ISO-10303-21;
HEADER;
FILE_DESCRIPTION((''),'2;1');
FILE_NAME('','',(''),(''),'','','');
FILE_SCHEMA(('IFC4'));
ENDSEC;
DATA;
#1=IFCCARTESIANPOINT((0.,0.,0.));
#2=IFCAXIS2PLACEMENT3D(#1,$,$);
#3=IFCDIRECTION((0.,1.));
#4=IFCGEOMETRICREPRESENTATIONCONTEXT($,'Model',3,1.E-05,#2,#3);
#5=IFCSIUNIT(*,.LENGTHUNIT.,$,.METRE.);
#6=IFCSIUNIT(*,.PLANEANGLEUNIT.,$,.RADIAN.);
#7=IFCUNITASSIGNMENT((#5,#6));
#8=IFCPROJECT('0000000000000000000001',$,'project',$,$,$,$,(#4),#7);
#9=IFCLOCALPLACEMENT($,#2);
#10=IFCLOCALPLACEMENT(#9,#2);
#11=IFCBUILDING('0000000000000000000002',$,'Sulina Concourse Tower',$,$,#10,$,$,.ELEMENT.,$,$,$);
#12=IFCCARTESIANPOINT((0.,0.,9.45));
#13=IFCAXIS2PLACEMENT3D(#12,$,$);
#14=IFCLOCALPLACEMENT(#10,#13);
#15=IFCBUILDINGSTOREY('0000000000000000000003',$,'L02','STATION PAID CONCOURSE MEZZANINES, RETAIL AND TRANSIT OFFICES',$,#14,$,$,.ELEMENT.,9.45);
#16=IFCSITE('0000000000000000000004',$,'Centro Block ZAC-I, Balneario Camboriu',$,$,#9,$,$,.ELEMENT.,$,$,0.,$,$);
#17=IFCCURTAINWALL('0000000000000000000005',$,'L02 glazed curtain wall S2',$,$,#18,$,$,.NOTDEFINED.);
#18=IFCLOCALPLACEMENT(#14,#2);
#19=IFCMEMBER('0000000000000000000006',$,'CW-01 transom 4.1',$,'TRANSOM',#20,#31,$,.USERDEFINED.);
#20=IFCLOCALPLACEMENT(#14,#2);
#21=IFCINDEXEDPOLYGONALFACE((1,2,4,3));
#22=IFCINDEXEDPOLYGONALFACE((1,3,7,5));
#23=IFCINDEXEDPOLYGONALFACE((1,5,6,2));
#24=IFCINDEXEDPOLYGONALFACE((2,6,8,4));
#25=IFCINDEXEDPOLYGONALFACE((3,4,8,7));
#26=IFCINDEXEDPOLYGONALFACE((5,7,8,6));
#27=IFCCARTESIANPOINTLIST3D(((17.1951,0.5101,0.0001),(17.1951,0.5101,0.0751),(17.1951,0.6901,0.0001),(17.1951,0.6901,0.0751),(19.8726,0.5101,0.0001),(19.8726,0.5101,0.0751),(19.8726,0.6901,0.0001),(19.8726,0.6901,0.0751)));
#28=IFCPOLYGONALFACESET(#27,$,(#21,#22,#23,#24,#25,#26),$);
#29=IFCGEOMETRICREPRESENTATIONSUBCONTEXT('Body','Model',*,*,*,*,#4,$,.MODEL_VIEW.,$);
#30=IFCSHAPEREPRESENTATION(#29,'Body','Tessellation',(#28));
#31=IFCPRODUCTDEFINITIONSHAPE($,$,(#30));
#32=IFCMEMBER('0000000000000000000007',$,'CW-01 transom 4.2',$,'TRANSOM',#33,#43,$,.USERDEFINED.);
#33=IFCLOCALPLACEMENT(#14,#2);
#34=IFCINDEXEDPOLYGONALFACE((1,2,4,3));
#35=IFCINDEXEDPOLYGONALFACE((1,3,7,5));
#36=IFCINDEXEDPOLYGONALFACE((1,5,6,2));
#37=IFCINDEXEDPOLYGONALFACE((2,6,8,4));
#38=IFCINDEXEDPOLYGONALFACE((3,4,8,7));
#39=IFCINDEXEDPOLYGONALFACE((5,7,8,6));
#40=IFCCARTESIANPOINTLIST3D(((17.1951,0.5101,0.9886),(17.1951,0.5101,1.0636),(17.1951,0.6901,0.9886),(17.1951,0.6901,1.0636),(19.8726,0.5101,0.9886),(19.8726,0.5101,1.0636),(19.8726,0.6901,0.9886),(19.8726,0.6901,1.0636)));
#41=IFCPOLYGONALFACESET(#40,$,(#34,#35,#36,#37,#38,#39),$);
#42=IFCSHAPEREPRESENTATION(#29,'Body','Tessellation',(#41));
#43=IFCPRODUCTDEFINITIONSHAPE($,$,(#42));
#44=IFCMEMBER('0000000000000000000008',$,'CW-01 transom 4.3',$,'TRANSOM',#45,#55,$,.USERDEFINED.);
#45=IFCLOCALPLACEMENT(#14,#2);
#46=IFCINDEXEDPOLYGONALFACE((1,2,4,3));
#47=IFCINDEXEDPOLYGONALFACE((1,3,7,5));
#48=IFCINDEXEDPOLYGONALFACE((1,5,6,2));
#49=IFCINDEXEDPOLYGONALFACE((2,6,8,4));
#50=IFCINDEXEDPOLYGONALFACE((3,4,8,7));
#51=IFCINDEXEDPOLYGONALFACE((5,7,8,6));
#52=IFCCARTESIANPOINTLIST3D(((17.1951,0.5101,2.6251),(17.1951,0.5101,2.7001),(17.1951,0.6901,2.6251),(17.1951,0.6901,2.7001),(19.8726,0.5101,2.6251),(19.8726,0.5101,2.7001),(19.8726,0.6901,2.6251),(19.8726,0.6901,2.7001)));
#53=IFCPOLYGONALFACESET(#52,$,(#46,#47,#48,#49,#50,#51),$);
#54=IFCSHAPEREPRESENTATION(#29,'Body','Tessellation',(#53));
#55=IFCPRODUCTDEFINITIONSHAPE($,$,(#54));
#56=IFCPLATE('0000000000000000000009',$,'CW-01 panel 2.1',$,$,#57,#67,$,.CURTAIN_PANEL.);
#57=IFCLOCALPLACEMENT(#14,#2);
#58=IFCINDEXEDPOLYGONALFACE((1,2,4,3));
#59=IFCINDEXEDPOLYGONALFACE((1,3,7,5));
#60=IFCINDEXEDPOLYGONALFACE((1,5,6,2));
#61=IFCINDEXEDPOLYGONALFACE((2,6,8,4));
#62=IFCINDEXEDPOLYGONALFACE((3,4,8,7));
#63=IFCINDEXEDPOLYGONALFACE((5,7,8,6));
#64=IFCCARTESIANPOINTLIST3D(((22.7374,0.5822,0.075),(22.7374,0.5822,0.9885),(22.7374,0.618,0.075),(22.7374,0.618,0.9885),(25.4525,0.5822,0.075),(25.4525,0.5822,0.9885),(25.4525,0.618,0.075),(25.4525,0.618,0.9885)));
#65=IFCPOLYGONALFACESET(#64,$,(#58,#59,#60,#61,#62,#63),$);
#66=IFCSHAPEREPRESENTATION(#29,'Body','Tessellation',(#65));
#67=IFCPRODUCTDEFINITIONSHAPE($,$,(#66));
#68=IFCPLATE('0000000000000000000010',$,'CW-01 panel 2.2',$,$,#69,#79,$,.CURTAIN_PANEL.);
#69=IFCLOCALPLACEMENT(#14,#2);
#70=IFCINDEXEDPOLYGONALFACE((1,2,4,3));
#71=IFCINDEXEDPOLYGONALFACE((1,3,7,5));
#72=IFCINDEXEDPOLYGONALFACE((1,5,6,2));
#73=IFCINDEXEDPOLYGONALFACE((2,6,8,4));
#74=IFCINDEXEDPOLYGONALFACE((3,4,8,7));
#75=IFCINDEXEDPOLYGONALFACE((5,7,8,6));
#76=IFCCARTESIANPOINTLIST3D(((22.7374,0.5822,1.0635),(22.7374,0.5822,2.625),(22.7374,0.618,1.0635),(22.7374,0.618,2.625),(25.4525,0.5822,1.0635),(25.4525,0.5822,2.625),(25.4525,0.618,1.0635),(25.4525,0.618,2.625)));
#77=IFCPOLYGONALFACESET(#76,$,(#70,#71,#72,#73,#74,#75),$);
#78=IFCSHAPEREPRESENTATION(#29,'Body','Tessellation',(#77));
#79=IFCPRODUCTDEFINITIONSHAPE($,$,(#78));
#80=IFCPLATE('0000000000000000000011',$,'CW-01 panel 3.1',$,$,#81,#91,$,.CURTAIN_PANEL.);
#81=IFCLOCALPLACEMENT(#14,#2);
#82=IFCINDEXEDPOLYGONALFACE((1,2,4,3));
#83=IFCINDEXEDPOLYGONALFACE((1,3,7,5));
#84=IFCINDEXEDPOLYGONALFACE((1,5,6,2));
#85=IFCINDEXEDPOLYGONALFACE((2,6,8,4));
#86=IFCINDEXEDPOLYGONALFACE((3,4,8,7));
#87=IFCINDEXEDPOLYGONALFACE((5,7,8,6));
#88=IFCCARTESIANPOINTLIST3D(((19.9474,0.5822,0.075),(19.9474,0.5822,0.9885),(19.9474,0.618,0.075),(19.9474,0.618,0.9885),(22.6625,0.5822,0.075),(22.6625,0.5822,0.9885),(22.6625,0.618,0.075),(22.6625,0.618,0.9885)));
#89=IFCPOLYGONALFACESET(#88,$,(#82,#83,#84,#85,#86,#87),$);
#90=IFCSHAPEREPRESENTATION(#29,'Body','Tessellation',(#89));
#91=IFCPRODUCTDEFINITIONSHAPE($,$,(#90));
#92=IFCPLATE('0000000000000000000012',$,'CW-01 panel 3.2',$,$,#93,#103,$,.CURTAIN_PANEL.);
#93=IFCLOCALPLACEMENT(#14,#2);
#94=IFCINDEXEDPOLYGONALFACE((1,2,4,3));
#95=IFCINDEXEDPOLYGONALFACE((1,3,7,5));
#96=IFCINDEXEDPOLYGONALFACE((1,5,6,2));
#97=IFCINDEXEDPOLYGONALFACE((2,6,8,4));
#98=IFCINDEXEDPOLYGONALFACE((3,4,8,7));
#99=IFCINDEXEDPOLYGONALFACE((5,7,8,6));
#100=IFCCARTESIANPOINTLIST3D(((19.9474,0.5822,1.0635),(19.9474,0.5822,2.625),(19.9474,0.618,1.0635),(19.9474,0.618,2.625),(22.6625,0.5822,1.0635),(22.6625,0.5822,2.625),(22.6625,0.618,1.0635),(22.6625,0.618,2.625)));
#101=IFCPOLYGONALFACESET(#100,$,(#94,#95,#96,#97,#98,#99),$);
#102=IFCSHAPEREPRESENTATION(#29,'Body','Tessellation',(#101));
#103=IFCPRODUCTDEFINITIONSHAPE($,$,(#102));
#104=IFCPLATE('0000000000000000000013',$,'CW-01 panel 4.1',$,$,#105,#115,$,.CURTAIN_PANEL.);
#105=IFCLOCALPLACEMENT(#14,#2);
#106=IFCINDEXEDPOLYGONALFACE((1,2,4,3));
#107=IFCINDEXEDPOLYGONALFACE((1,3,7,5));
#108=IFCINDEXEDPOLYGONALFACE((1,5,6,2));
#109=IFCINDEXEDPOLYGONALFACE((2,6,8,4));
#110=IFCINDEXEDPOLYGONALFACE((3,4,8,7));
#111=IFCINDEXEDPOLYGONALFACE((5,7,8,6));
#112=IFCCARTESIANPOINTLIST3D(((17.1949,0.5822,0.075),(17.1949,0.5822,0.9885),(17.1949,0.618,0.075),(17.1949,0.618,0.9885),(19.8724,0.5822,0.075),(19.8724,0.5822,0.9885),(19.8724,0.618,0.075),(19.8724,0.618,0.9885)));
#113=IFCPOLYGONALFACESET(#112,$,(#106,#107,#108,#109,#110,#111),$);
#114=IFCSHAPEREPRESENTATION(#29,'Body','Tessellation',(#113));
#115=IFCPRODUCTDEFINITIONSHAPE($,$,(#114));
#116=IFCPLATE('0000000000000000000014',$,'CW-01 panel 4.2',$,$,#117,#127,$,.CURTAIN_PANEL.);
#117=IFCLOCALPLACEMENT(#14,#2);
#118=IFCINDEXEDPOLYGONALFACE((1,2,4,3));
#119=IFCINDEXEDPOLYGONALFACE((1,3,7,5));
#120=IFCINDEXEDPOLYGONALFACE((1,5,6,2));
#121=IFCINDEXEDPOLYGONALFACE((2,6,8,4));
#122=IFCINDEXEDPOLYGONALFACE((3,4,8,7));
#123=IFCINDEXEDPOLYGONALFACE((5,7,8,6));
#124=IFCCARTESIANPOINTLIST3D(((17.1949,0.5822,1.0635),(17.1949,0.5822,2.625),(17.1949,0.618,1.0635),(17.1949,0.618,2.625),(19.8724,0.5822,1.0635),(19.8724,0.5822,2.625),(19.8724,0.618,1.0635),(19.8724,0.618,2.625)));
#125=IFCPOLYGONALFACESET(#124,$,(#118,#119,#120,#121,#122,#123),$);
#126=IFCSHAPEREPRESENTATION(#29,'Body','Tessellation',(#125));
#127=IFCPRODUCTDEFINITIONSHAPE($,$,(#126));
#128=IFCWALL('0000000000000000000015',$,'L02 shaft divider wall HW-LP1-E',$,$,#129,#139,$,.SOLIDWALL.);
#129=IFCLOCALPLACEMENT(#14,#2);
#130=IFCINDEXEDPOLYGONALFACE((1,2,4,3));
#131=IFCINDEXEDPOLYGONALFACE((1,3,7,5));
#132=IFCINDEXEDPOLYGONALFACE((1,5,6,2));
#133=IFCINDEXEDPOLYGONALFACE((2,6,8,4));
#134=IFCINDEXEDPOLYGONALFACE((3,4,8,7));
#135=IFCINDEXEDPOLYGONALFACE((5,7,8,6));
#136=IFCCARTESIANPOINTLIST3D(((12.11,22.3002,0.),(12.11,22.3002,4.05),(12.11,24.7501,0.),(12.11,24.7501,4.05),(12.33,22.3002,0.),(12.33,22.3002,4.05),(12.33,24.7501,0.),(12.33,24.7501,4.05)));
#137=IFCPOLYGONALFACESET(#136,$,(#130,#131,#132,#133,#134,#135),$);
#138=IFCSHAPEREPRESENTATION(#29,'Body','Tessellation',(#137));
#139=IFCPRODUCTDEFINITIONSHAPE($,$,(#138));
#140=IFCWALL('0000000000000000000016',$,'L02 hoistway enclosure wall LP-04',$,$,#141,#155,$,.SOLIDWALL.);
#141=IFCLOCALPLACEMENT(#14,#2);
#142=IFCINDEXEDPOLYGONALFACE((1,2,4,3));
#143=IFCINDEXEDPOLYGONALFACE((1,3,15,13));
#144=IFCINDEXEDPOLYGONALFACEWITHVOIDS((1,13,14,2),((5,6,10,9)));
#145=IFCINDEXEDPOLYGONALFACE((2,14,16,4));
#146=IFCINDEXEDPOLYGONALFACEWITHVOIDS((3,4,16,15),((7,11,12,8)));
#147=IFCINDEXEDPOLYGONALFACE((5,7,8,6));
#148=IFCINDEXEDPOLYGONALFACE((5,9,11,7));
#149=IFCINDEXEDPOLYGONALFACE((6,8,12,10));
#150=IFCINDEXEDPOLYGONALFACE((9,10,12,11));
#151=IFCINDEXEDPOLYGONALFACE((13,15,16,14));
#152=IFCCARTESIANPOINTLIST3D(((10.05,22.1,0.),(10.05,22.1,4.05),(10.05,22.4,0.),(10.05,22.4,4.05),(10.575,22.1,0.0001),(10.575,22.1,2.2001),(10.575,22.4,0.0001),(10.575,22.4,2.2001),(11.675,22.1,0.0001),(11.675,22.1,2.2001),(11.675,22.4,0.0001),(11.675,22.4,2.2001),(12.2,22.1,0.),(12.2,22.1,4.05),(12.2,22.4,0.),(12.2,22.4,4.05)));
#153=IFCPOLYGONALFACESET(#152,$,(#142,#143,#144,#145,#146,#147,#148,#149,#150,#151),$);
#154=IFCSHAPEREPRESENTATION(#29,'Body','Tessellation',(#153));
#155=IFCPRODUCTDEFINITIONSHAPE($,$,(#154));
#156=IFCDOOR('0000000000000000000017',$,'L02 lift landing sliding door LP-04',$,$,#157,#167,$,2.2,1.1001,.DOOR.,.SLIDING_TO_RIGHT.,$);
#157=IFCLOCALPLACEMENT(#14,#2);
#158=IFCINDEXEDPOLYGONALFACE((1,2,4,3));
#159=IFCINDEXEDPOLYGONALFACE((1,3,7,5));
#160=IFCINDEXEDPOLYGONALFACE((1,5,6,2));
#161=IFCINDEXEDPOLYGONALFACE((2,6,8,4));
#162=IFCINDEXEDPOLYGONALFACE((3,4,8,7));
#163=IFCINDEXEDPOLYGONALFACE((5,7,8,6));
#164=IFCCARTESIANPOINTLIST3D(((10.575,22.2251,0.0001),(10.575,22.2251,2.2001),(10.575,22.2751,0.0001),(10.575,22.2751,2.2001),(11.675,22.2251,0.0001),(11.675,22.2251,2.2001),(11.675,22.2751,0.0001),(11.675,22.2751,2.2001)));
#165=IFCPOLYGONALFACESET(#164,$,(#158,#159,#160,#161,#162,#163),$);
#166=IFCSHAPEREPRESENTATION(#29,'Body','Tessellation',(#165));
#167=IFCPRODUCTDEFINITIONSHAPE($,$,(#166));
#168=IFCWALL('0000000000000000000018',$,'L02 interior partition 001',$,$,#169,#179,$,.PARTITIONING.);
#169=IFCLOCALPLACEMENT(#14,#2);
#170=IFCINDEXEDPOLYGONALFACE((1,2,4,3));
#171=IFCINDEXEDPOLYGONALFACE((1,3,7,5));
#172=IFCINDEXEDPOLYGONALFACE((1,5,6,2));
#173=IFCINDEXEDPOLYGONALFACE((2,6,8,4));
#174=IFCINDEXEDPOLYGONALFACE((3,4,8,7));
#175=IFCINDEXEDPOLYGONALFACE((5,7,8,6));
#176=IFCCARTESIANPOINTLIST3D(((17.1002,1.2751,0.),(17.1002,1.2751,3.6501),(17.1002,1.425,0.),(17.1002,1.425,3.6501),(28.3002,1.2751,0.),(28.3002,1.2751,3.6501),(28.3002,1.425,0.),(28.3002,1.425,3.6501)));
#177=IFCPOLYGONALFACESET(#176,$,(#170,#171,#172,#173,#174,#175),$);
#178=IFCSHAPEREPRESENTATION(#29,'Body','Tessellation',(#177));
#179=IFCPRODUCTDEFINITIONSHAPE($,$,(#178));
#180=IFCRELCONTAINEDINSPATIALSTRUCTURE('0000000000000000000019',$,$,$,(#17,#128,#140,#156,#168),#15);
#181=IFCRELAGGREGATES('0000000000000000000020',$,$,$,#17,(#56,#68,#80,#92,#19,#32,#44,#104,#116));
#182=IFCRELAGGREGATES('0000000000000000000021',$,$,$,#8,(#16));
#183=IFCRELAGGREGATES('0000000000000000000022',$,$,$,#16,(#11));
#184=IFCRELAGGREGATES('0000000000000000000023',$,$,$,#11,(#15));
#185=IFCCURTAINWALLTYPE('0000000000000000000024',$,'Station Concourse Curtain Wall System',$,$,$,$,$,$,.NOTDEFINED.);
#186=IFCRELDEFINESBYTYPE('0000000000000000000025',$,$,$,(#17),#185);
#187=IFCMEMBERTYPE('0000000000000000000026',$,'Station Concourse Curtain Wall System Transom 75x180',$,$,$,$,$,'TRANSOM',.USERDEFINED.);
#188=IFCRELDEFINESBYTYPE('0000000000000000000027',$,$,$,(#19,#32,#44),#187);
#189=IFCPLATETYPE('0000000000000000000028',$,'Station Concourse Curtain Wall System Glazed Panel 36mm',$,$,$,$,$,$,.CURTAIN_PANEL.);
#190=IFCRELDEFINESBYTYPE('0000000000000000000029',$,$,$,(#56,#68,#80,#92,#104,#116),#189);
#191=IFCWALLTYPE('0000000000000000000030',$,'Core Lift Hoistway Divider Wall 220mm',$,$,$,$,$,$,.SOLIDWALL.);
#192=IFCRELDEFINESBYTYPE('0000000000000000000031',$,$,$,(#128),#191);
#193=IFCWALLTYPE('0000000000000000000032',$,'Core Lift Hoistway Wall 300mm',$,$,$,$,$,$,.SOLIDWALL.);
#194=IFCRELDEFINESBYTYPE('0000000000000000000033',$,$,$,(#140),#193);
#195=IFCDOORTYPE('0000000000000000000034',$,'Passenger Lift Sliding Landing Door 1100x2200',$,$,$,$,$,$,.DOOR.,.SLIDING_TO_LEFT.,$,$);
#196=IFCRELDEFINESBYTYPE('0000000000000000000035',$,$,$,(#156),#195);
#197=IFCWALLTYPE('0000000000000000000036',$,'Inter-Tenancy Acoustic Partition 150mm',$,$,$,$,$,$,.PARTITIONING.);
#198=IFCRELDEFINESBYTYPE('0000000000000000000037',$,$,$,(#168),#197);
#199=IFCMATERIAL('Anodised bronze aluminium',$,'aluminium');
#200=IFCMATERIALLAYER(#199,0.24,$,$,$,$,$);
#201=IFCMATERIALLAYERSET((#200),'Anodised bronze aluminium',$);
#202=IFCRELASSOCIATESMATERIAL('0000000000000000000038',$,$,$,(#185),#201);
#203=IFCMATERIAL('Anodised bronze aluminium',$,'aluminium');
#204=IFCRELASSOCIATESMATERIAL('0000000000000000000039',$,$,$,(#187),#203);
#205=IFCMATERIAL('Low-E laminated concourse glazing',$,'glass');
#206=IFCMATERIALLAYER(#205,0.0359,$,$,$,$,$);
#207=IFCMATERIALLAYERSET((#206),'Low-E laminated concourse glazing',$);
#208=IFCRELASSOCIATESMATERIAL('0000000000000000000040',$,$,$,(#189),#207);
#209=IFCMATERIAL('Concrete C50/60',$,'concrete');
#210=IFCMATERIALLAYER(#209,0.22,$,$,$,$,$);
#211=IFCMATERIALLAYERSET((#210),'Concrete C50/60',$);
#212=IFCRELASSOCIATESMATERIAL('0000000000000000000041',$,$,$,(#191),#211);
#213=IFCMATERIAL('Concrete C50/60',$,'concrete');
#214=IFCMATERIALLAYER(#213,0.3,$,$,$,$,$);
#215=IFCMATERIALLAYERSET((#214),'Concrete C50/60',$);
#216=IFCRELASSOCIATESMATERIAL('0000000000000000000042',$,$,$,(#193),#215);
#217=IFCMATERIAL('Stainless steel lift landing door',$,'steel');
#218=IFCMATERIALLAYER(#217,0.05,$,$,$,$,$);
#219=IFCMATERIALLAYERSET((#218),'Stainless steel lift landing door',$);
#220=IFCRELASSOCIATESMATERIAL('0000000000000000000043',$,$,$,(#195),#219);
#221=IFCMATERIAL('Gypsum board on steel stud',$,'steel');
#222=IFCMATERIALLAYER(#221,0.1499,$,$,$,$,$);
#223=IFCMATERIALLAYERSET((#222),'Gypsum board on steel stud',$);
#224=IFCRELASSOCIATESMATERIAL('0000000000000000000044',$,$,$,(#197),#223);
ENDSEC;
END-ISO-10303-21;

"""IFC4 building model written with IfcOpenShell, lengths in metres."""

from ifc_helpers import new_model, si_unit, direction, frame, frame_2d, origin, origin_2d, place, context, subcontext, project, spatial, rectangle, extrude, material, layer, layer_set, material_profile, profile_set, type_object, element, fill, aggregate, save


model = new_model("IFC4")

# Units and contexts
model_context = context("Model", 3, precision=1e-05, world=origin(), true_north=direction((0.0, 1.0)))
body_context = subcontext(model_context, "Body", "Model", "MODEL_VIEW")
ifc_project = project(units=[si_unit("LENGTHUNIT", "METRE"), si_unit("PLANEANGLEUNIT", "RADIAN")], contexts=[model_context])

# Site, building, storey
site_placement = place(None, origin())
site = spatial("IfcSite", under=ifc_project, at=site_placement, Name="Centro Block ZAC-I, Balneario Camboriu", CompositionType="ELEMENT", RefElevation=0.0)
building_placement = place(site_placement, origin())
building = spatial("IfcBuilding", under=site, at=building_placement, Name="Sulina Concourse Tower", CompositionType="ELEMENT")
storey_placement = place(building_placement, frame((0.0, 0.0, 9.45)))
storey = spatial("IfcBuildingStorey", under=building, at=storey_placement, Name="L02", Description="STATION PAID CONCOURSE MEZZANINES, RETAIL AND TRANSIT OFFICES", CompositionType="ELEMENT", Elevation=9.45)

# Curtain wall, members, plates
ifc_material_1 = material(Name="Anodised bronze aluminium", Category="aluminium")
ifc_layer_1 = layer(ifc_material_1, 0.24)
ifc_layer_set_1 = layer_set([ifc_layer_1], Name="Anodised bronze aluminium")
curtain_wall_type = type_object("IfcCurtainWallType", Name="Station Concourse Curtain Wall System", PredefinedType="NOTDEFINED", material=ifc_layer_set_1)
curtain_wall_placement = place(storey_placement, origin())
curtain_wall = element("IfcCurtainWall", 1, at=curtain_wall_placement, inside=storey, type_object=curtain_wall_type, Name="L02 glazed curtain wall S2", PredefinedType="NOTDEFINED")
ifc_material_2 = material(Name="Anodised bronze aluminium", Category="aluminium")
ifc_material_profile_1 = material_profile(ifc_material_2, rectangle(XDim=0.1799, YDim=0.075, at=origin_2d()), Name="TRN 75x180")
ifc_profile_set_1 = profile_set([ifc_material_profile_1], Name="Anodised bronze aluminium")
member_type_1 = type_object("IfcMemberType", Name="Station Concourse Curtain Wall System Transom 75x180", ElementType="TRANSOM", PredefinedType="USERDEFINED", material=ifc_profile_set_1)
member_1_placement = place(storey_placement, frame((19.8726, 0.6001, 0.0376), z_axis=(-1.0, 0.0, 0.0), x_axis=(0.0, -1.0, 0.0)))
member_1 = element("IfcMember", 2, at=member_1_placement, type_object=member_type_1, Name="CW-01 transom 4.1", ObjectType="TRANSOM", PredefinedType="USERDEFINED", context=body_context, shape_type="SweptSolid", body=[
    extrude(rectangle(XDim=0.1799, YDim=0.075, at=origin_2d()), origin(), (0.0, 0.0, 1.0), 2.6775),
])
member_2_placement = place(storey_placement, frame((19.8726, 0.6001, 1.0261), z_axis=(-1.0, 0.0, 0.0), x_axis=(0.0, -1.0, 0.0)))
member_2 = element("IfcMember", 3, at=member_2_placement, type_object=member_type_1, Name="CW-01 transom 4.2", ObjectType="TRANSOM", PredefinedType="USERDEFINED", context=body_context, shape_type="SweptSolid", body=[
    extrude(rectangle(XDim=0.1799, YDim=0.075, at=origin_2d()), origin(), (0.0, 0.0, 1.0), 2.6775),
])
member_3_placement = place(storey_placement, frame((19.8726, 0.6001, 2.6626), z_axis=(-1.0, 0.0, 0.0), x_axis=(0.0, -1.0, 0.0)))
member_3 = element("IfcMember", 4, at=member_3_placement, type_object=member_type_1, Name="CW-01 transom 4.3", ObjectType="TRANSOM", PredefinedType="USERDEFINED", context=body_context, shape_type="SweptSolid", body=[
    extrude(rectangle(XDim=0.1799, YDim=0.075, at=origin_2d()), origin(), (0.0, 0.0, 1.0), 2.6775),
])
ifc_material_3 = material(Name="Low-E laminated concourse glazing", Category="glass")
ifc_layer_2 = layer(ifc_material_3, 0.0359)
ifc_layer_set_2 = layer_set([ifc_layer_2], Name="Low-E laminated concourse glazing")
plate_type = type_object("IfcPlateType", Name="Station Concourse Curtain Wall System Glazed Panel 36mm", PredefinedType="CURTAIN_PANEL", material=ifc_layer_set_2)
plate_1_placement = place(storey_placement, frame((24.095, 0.6001, 0.075), z_axis=(0.0, 0.0, 1.0), x_axis=(-1.0, 0.0, 0.0)))
plate_1 = element("IfcPlate", 5, at=plate_1_placement, type_object=plate_type, Name="CW-01 panel 2.1", PredefinedType="CURTAIN_PANEL", context=body_context, shape_type="SweptSolid", body=[
    extrude(rectangle(XDim=2.7151, YDim=0.0359, at=origin_2d()), origin(), (0.0, 0.0, 1.0), 0.9136),
])
plate_2_placement = place(storey_placement, frame((24.095, 0.6001, 1.0635), z_axis=(0.0, 0.0, 1.0), x_axis=(-1.0, 0.0, 0.0)))
plate_2 = element("IfcPlate", 6, at=plate_2_placement, type_object=plate_type, Name="CW-01 panel 2.2", PredefinedType="CURTAIN_PANEL", context=body_context, shape_type="SweptSolid", body=[
    extrude(rectangle(XDim=2.7151, YDim=0.0359, at=origin_2d()), origin(), (0.0, 0.0, 1.0), 1.5615),
])
plate_3_placement = place(storey_placement, frame((21.3049, 0.6001, 0.075), z_axis=(0.0, 0.0, 1.0), x_axis=(-1.0, 0.0, 0.0)))
plate_3 = element("IfcPlate", 7, at=plate_3_placement, type_object=plate_type, Name="CW-01 panel 3.1", PredefinedType="CURTAIN_PANEL", context=body_context, shape_type="SweptSolid", body=[
    extrude(rectangle(XDim=2.7151, YDim=0.0359, at=origin_2d()), origin(), (0.0, 0.0, 1.0), 0.9136),
])
plate_4_placement = place(storey_placement, frame((21.3049, 0.6001, 1.0635), z_axis=(0.0, 0.0, 1.0), x_axis=(-1.0, 0.0, 0.0)))
plate_4 = element("IfcPlate", 8, at=plate_4_placement, type_object=plate_type, Name="CW-01 panel 3.2", PredefinedType="CURTAIN_PANEL", context=body_context, shape_type="SweptSolid", body=[
    extrude(rectangle(XDim=2.7151, YDim=0.0359, at=origin_2d()), origin(), (0.0, 0.0, 1.0), 1.5615),
])
plate_5_placement = place(storey_placement, frame((18.5337, 0.6001, 0.075), z_axis=(0.0, 0.0, 1.0), x_axis=(-1.0, 0.0, 0.0)))
plate_5 = element("IfcPlate", 9, at=plate_5_placement, type_object=plate_type, Name="CW-01 panel 4.1", PredefinedType="CURTAIN_PANEL", context=body_context, shape_type="SweptSolid", body=[
    extrude(rectangle(XDim=2.6775, YDim=0.0359, at=origin_2d()), origin(), (0.0, 0.0, 1.0), 0.9136),
])
plate_6_placement = place(storey_placement, frame((18.5337, 0.6001, 1.0635), z_axis=(0.0, 0.0, 1.0), x_axis=(-1.0, 0.0, 0.0)))
plate_6 = element("IfcPlate", 10, at=plate_6_placement, type_object=plate_type, Name="CW-01 panel 4.2", PredefinedType="CURTAIN_PANEL", context=body_context, shape_type="SweptSolid", body=[
    extrude(rectangle(XDim=2.6775, YDim=0.0359, at=origin_2d()), origin(), (0.0, 0.0, 1.0), 1.5615),
])
aggregate(curtain_wall, [plate_1, plate_2, plate_3, plate_4, member_1, member_2, member_3, plate_5, plate_6])

# Wall
ifc_material_4 = material(Name="Concrete C50/60", Category="concrete")
ifc_layer_3 = layer(ifc_material_4, 0.22)
ifc_layer_set_3 = layer_set([ifc_layer_3], Name="Concrete C50/60")
wall_type_1 = type_object("IfcWallType", Name="Core Lift Hoistway Divider Wall 220mm", PredefinedType="SOLIDWALL", material=ifc_layer_set_3)
wall_1_placement = place(storey_placement, frame((12.22, 22.3, 0.0), z_axis=(0.0, 0.0, 1.0), x_axis=(0.0, 1.0, 0.0)))
element("IfcWall", 11, at=wall_1_placement, inside=storey, type_object=wall_type_1, Name="L02 shaft divider wall HW-LP1-E", PredefinedType="SOLIDWALL", context=body_context, shape_type="SweptSolid", body=[
    extrude(rectangle(XDim=2.45, YDim=0.22, at=frame_2d((1.2251, 0.0))), origin(), (0.0, 0.0, 1.0), 4.05),
])

# Wall, opening, door
ifc_material_5 = material(Name="Concrete C50/60", Category="concrete")
ifc_layer_4 = layer(ifc_material_5, 0.3)
ifc_layer_set_4 = layer_set([ifc_layer_4], Name="Concrete C50/60")
wall_type_2 = type_object("IfcWallType", Name="Core Lift Hoistway Wall 300mm", PredefinedType="SOLIDWALL", material=ifc_layer_set_4)
wall_2_placement = place(storey_placement, frame((12.2, 22.25, 0.0), z_axis=(0.0, 0.0, 1.0), x_axis=(-1.0, 0.0, 0.0)))
wall_2 = element("IfcWall", 12, at=wall_2_placement, inside=storey, type_object=wall_type_2, Name="L02 hoistway enclosure wall LP-04", PredefinedType="SOLIDWALL", context=body_context, shape_type="SweptSolid", body=[
    extrude(rectangle(XDim=2.1499, YDim=0.3, at=frame_2d((1.075, 0.0))), origin(), (0.0, 0.0, 1.0), 4.05),
])
opening_1_placement = place(wall_2_placement, frame((0.5249, 0.0, 0.0)))
opening_1 = element("IfcOpeningElement", 13, at=opening_1_placement, cuts=wall_2, PredefinedType="OPENING", context=body_context, shape_type="SweptSolid", body=[
    extrude(rectangle(XDim=1.1001, YDim=2.2, at=frame_2d((0.55, 1.1001))), frame((0.0, 0.1599, 0.0), z_axis=(0.0, -1.0, 0.0), x_axis=(1.0, 0.0, 0.0)), (0.0, 0.0, 1.0), 0.3201),
])
ifc_material_6 = material(Name="Stainless steel lift landing door", Category="steel")
ifc_layer_5 = layer(ifc_material_6, 0.05)
ifc_layer_set_5 = layer_set([ifc_layer_5], Name="Stainless steel lift landing door")
door_type_1 = type_object("IfcDoorType", Name="Passenger Lift Sliding Landing Door 1100x2200", OperationType="SLIDING_TO_LEFT", PredefinedType="DOOR", material=ifc_layer_set_5)
door_1_placement = place(opening_1_placement, origin())
door_1 = element("IfcDoor", 14, at=door_1_placement, inside=storey, type_object=door_type_1, Name="L02 lift landing sliding door LP-04", OperationType="SLIDING_TO_RIGHT", OverallHeight=2.2, OverallWidth=1.1001, PredefinedType="DOOR", context=body_context, shape_type="SweptSolid", body=[
    extrude(rectangle(XDim=1.1001, YDim=2.2, at=frame_2d((0.55, 1.1001))), frame((0.0, 0.0249, 0.0), z_axis=(0.0, -1.0, 0.0), x_axis=(1.0, 0.0, 0.0)), (0.0, 0.0, 1.0), 0.05),
])
fill(opening_1, door_1)

# Wall
ifc_material_7 = material(Name="Gypsum board on steel stud", Category="steel")
ifc_layer_6 = layer(ifc_material_7, 0.1499)
ifc_layer_set_6 = layer_set([ifc_layer_6], Name="Gypsum board on steel stud")
wall_type_3 = type_object("IfcWallType", Name="Inter-Tenancy Acoustic Partition 150mm", PredefinedType="PARTITIONING", material=ifc_layer_set_6)
wall_3_placement = place(storey_placement, frame((17.1001, 1.3501, 0.0), z_axis=(0.0, 0.0, 1.0), x_axis=(1.0, 0.0, 0.0)))
element("IfcWall", 15, at=wall_3_placement, inside=storey, type_object=wall_type_3, Name="L02 interior partition 001", PredefinedType="PARTITIONING", context=body_context, shape_type="SweptSolid", body=[
    extrude(rectangle(XDim=11.2, YDim=0.1499, at=frame_2d((5.6001, 0.0))), origin(), (0.0, 0.0, 1.0), 3.6501),
])

save(model, "model.ifc")
